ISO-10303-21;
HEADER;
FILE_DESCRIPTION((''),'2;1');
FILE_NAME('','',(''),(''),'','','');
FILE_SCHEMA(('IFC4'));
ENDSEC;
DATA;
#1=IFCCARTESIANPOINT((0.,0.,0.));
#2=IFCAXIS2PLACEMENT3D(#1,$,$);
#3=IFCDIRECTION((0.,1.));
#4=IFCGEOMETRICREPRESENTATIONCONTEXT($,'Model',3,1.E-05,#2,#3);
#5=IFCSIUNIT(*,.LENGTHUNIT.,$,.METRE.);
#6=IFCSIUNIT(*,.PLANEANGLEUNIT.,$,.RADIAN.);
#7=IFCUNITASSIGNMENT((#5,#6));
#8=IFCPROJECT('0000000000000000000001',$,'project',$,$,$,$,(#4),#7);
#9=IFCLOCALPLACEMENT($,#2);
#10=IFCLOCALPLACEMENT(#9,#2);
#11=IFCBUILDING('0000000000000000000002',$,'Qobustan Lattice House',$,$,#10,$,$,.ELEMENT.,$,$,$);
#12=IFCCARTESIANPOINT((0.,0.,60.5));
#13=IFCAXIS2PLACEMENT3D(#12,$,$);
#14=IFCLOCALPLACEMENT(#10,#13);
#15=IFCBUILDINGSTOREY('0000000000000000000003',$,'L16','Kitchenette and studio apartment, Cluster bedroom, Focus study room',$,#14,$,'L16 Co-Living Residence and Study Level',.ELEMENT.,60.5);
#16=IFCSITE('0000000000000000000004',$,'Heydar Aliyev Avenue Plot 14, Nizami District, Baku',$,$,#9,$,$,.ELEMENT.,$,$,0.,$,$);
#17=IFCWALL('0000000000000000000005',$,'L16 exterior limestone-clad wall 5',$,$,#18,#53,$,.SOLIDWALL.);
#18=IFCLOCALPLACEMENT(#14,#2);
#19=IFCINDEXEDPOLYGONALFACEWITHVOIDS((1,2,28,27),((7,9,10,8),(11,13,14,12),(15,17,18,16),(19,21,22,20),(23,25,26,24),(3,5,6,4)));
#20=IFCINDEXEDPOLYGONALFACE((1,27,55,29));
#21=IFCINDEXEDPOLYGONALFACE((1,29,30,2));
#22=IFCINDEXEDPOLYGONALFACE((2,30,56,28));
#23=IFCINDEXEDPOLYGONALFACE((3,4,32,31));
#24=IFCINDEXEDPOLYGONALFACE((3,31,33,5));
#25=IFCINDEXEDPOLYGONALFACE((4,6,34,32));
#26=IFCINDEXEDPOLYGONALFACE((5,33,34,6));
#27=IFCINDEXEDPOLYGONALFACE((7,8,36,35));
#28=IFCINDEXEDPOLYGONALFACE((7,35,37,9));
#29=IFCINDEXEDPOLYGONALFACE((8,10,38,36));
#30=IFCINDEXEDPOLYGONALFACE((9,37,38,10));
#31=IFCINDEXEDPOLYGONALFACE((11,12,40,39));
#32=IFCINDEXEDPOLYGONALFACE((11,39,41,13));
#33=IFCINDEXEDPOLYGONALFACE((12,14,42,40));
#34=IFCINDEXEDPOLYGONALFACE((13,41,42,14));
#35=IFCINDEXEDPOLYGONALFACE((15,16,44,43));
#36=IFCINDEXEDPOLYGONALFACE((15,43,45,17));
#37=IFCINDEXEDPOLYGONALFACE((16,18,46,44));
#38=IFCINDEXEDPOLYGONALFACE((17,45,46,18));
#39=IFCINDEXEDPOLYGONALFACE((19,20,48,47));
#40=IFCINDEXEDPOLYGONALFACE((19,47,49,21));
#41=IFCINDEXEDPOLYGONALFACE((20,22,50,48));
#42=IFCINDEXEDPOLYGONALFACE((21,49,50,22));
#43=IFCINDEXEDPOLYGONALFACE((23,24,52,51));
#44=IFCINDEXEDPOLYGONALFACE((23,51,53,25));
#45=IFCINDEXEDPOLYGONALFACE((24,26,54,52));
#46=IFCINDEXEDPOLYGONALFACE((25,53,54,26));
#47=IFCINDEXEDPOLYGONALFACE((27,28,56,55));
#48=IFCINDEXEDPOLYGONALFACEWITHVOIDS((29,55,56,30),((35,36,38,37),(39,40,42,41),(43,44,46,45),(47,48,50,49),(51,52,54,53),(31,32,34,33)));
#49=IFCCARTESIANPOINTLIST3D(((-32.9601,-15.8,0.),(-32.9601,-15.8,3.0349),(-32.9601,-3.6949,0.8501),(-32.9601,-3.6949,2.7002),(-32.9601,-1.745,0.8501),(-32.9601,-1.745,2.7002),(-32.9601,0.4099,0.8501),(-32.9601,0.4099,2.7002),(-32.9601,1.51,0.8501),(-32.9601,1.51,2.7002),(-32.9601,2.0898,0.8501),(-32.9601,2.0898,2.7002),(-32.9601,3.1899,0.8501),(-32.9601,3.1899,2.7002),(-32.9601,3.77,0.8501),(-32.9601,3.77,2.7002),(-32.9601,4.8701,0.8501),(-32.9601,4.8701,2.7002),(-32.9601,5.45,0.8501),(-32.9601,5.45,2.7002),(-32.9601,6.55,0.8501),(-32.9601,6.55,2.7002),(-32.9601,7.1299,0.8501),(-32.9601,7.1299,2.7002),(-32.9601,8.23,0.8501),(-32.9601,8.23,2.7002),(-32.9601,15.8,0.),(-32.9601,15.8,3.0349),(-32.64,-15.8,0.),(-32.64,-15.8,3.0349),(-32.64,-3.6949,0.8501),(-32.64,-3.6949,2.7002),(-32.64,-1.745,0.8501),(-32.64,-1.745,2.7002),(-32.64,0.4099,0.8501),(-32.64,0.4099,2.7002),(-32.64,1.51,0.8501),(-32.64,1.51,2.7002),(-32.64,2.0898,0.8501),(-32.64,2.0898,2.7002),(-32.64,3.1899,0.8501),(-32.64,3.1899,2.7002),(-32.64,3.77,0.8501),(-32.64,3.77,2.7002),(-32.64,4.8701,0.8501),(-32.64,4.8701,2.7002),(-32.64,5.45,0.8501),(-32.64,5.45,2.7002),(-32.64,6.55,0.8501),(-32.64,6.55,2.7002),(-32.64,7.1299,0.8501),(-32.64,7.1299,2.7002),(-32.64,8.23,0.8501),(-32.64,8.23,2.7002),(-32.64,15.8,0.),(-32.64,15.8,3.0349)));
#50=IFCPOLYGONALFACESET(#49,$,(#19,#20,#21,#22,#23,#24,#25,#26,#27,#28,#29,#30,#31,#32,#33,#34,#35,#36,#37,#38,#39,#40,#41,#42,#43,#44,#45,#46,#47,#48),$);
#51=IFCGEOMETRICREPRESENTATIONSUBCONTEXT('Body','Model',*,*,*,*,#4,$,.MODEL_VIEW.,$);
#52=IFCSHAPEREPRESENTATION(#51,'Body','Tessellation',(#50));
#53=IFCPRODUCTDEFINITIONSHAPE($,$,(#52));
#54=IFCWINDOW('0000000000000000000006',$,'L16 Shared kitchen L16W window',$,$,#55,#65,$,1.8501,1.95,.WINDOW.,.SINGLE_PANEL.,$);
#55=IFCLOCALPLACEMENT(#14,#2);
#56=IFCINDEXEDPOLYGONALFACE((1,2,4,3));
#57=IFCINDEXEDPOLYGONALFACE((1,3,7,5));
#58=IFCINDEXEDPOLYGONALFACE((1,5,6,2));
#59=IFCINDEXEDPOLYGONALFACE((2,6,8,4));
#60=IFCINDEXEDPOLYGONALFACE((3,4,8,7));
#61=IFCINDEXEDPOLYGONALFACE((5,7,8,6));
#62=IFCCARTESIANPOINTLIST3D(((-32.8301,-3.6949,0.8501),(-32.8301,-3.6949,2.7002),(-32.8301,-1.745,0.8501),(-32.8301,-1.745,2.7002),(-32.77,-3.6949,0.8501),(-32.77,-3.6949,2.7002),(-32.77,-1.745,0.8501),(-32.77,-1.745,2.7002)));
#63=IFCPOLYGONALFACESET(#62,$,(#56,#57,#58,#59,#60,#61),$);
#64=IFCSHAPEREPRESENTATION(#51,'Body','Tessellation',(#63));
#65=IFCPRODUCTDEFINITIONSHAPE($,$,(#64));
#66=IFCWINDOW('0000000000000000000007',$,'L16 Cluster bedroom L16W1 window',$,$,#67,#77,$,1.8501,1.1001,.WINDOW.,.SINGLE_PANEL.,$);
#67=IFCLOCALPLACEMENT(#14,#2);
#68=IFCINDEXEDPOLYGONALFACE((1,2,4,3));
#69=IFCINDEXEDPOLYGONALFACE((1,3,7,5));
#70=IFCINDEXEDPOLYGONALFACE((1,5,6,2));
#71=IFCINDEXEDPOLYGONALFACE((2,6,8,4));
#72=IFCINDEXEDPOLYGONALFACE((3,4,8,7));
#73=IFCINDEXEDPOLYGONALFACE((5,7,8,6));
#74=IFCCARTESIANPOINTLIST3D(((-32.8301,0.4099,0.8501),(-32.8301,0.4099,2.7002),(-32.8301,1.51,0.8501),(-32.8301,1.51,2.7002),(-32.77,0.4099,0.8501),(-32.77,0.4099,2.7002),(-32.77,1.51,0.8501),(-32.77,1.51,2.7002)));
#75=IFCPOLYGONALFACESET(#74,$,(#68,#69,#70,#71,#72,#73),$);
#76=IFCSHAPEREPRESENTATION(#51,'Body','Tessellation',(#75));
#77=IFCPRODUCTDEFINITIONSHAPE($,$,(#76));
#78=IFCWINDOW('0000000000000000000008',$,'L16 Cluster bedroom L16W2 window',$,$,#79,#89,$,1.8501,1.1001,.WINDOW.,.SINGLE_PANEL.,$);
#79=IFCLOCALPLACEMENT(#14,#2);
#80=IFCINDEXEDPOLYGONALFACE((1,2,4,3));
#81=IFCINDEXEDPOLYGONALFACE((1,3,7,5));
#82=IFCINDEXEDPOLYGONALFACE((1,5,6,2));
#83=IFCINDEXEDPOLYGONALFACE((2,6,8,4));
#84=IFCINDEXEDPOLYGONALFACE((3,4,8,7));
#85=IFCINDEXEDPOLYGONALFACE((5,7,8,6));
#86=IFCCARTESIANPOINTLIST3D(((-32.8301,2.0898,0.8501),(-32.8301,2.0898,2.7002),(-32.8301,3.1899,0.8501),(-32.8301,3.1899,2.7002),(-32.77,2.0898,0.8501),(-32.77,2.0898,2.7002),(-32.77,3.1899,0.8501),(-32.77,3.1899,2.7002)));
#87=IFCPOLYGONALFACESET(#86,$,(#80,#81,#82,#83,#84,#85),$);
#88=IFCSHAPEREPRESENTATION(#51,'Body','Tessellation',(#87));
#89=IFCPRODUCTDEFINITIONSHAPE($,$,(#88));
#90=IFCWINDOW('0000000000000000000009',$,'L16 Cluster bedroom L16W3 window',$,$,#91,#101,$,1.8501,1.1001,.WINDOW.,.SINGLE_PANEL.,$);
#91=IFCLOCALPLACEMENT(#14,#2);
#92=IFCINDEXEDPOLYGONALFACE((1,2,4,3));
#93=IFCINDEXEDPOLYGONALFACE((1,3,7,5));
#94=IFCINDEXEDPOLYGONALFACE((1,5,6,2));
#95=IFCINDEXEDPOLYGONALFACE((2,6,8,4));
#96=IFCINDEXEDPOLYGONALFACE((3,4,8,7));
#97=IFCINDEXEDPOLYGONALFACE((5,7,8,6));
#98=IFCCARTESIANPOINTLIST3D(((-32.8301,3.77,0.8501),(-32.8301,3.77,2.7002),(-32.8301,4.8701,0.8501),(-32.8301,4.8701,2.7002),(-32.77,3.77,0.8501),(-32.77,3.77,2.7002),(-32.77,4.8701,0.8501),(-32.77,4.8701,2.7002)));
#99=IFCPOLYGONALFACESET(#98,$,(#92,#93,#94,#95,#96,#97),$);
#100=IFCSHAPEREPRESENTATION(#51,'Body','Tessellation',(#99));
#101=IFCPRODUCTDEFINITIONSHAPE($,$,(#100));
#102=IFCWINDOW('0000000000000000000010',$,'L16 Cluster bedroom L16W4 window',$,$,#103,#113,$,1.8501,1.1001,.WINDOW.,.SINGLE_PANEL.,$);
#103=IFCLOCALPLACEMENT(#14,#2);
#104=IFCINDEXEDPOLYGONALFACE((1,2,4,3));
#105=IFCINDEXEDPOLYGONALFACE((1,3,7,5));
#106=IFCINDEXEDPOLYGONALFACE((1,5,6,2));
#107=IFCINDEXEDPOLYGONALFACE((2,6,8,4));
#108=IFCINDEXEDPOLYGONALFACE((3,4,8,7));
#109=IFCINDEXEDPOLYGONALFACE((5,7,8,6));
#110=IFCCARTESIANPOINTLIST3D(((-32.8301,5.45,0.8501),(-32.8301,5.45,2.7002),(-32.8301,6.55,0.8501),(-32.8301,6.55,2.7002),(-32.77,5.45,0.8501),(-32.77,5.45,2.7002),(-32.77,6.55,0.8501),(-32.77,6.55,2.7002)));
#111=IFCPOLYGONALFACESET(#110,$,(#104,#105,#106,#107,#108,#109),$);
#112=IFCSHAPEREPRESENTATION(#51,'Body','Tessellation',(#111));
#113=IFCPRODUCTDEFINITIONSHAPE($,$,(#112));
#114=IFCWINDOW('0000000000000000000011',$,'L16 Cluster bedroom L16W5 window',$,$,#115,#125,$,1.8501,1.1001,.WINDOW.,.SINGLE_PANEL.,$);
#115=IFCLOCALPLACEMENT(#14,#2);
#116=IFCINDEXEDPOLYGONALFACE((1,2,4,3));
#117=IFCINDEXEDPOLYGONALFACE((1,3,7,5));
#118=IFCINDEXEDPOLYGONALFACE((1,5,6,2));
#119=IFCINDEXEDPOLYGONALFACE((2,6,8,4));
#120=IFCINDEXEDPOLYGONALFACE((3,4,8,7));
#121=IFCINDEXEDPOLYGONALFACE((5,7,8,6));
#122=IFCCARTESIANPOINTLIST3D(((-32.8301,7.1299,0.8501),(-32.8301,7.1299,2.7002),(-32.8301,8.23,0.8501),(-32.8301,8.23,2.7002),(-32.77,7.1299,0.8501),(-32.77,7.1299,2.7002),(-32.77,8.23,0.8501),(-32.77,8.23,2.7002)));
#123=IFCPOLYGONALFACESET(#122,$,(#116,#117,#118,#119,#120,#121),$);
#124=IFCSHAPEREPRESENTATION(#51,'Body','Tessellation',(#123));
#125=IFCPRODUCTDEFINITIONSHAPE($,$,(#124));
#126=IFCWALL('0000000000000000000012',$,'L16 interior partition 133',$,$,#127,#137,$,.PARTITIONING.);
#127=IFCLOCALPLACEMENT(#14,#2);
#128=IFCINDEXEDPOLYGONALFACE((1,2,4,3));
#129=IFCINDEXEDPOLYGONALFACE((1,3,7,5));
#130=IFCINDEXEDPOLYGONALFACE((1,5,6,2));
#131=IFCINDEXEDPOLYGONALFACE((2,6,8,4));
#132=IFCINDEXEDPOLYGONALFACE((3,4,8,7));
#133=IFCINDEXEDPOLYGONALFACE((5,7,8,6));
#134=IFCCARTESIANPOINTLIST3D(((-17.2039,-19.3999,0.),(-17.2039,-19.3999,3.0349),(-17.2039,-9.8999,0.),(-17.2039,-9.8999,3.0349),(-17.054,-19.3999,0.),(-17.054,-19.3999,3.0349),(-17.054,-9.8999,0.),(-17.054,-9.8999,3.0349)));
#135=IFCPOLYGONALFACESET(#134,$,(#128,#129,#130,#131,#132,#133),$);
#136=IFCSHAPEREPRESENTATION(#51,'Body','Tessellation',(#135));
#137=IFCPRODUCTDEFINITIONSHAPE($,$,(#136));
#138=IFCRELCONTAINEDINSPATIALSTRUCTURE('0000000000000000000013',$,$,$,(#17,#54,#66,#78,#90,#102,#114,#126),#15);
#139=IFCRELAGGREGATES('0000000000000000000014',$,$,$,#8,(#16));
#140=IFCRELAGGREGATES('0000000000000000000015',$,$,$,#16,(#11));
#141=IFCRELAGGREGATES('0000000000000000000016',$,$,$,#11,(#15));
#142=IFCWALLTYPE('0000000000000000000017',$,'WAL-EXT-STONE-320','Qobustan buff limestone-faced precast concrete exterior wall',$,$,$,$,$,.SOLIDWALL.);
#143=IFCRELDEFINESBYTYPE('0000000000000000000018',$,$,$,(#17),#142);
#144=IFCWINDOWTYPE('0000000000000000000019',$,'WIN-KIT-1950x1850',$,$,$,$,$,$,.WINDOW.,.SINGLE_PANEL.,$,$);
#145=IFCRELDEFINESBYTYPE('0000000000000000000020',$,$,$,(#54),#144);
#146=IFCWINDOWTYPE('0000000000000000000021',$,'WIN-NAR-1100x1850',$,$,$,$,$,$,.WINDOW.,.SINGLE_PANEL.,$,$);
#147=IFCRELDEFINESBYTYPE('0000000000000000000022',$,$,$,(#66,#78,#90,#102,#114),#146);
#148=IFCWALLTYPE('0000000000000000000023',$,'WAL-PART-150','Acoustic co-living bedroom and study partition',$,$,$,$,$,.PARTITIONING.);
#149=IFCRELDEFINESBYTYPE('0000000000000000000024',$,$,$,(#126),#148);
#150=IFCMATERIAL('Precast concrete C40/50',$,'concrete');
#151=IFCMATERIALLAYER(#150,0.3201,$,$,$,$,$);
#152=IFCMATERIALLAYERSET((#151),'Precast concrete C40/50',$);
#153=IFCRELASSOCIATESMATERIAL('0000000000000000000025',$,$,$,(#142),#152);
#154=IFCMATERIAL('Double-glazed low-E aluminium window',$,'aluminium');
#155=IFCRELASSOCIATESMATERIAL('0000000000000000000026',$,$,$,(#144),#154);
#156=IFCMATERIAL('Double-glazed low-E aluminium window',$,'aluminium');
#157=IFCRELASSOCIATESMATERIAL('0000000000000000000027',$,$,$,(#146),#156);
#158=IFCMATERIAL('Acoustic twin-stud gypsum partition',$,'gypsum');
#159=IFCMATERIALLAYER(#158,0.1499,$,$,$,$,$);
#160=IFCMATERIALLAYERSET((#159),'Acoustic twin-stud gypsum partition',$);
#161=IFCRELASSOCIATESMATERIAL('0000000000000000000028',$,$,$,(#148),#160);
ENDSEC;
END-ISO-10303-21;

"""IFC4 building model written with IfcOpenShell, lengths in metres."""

from ifc_helpers import new_model, si_unit, direction, frame, frame_2d, origin, place, context, subcontext, project, spatial, rectangle, extrude, material, layer, layer_set, type_object, element, fill, save


model = new_model("IFC4")

# Units and contexts
model_context = context("Model", 3, precision=1e-05, world=origin(), true_north=direction((0.0, 1.0)))
body_context = subcontext(model_context, "Body", "Model", "MODEL_VIEW")
ifc_project = project(units=[si_unit("LENGTHUNIT", "METRE"), si_unit("PLANEANGLEUNIT", "RADIAN")], contexts=[model_context])

# Site, building, storey
site_placement = place(None, origin())
site = spatial("IfcSite", under=ifc_project, at=site_placement, Name="Heydar Aliyev Avenue Plot 14, Nizami District, Baku", CompositionType="ELEMENT", RefElevation=0.0)
building_placement = place(site_placement, origin())
building = spatial("IfcBuilding", under=site, at=building_placement, Name="Qobustan Lattice House", CompositionType="ELEMENT")
storey_placement = place(building_placement, frame((0.0, 0.0, 60.5)))
storey = spatial("IfcBuildingStorey", under=building, at=storey_placement, Name="L16", Description="Kitchenette and studio apartment, Cluster bedroom, Focus study room", LongName="L16 Co-Living Residence and Study Level", CompositionType="ELEMENT", Elevation=60.5)

# Shared definitions
ifc_material_1 = material(Name="Precast concrete C40/50", Category="concrete")
ifc_layer_1 = layer(ifc_material_1, 0.3201)
ifc_layer_set_1 = layer_set([ifc_layer_1], Name="Precast concrete C40/50")
wall_type_1 = type_object("IfcWallType", Name="WAL-EXT-STONE-320", Description="Qobustan buff limestone-faced precast concrete exterior wall", PredefinedType="SOLIDWALL", material=ifc_layer_set_1)

# Wall, openings, windows
wall_1_placement = place(storey_placement, frame((-32.8, -15.8, 0.0), z_axis=(0.0, 0.0, 1.0), x_axis=(0.0, 1.0, 0.0)))
wall_1 = element("IfcWall", 1, at=wall_1_placement, inside=storey, type_object=wall_type_1, Name="L16 exterior limestone-clad wall 5", PredefinedType="SOLIDWALL", context=body_context, shape_type="SweptSolid", body=[
    extrude(rectangle(XDim=31.6001, YDim=0.3201, at=frame_2d((15.8, 0.0))), origin(), (0.0, 0.0, 1.0), 3.0349),
])
opening_1_placement = place(wall_1_placement, frame((12.105, 0.0, 0.8501)))
opening_1 = element("IfcOpeningElement", 2, at=opening_1_placement, cuts=wall_1, PredefinedType="OPENING", context=body_context, shape_type="SweptSolid", body=[
    extrude(rectangle(XDim=1.95, YDim=1.8501, at=frame_2d((0.9751, 0.925))), frame((0.0, 0.1699, 0.0), z_axis=(0.0, -1.0, 0.0), x_axis=(1.0, 0.0, 0.0)), (0.0, 0.0, 1.0), 0.3401),
])
opening_2_placement = place(wall_1_placement, frame((16.21, 0.0, 0.8501)))
opening_2 = element("IfcOpeningElement", 3, at=opening_2_placement, cuts=wall_1, PredefinedType="OPENING", context=body_context, shape_type="SweptSolid", body=[
    extrude(rectangle(XDim=1.1001, YDim=1.8501, at=frame_2d((0.55, 0.925))), frame((0.0, 0.1699, 0.0), z_axis=(0.0, -1.0, 0.0), x_axis=(1.0, 0.0, 0.0)), (0.0, 0.0, 1.0), 0.3401),
])
opening_3_placement = place(wall_1_placement, frame((17.8899, 0.0, 0.8501)))
opening_3 = element("IfcOpeningElement", 4, at=opening_3_placement, cuts=wall_1, PredefinedType="OPENING", context=body_context, shape_type="SweptSolid", body=[
    extrude(rectangle(XDim=1.1001, YDim=1.8501, at=frame_2d((0.55, 0.925))), frame((0.0, 0.1699, 0.0), z_axis=(0.0, -1.0, 0.0), x_axis=(1.0, 0.0, 0.0)), (0.0, 0.0, 1.0), 0.3401),
])
opening_4_placement = place(wall_1_placement, frame((19.5701, 0.0, 0.8501)))
opening_4 = element("IfcOpeningElement", 5, at=opening_4_placement, cuts=wall_1, PredefinedType="OPENING", context=body_context, shape_type="SweptSolid", body=[
    extrude(rectangle(XDim=1.1001, YDim=1.8501, at=frame_2d((0.55, 0.925))), frame((0.0, 0.1699, 0.0), z_axis=(0.0, -1.0, 0.0), x_axis=(1.0, 0.0, 0.0)), (0.0, 0.0, 1.0), 0.3401),
])
opening_5_placement = place(wall_1_placement, frame((21.25, 0.0, 0.8501)))
opening_5 = element("IfcOpeningElement", 6, at=opening_5_placement, cuts=wall_1, PredefinedType="OPENING", context=body_context, shape_type="SweptSolid", body=[
    extrude(rectangle(XDim=1.1001, YDim=1.8501, at=frame_2d((0.55, 0.925))), frame((0.0, 0.1699, 0.0), z_axis=(0.0, -1.0, 0.0), x_axis=(1.0, 0.0, 0.0)), (0.0, 0.0, 1.0), 0.3401),
])
opening_6_placement = place(wall_1_placement, frame((22.9299, 0.0, 0.8501)))
opening_6 = element("IfcOpeningElement", 7, at=opening_6_placement, cuts=wall_1, PredefinedType="OPENING", context=body_context, shape_type="SweptSolid", body=[
    extrude(rectangle(XDim=1.1001, YDim=1.8501, at=frame_2d((0.55, 0.925))), frame((0.0, 0.1699, 0.0), z_axis=(0.0, -1.0, 0.0), x_axis=(1.0, 0.0, 0.0)), (0.0, 0.0, 1.0), 0.3401),
])
ifc_material_2 = material(Name="Double-glazed low-E aluminium window", Category="aluminium")
window_type_1 = type_object("IfcWindowType", Name="WIN-KIT-1950x1850", PartitioningType="SINGLE_PANEL", PredefinedType="WINDOW", material=ifc_material_2)
window_1_placement = place(opening_1_placement, origin())
window_1 = element("IfcWindow", 8, at=window_1_placement, inside=storey, type_object=window_type_1, Name="L16 Shared kitchen L16W window", OverallHeight=1.8501, OverallWidth=1.95, PartitioningType="SINGLE_PANEL", PredefinedType="WINDOW", context=body_context, shape_type="SweptSolid", body=[
    extrude(rectangle(XDim=1.95, YDim=1.8501, at=frame_2d((0.9751, 0.925))), frame((0.0, 0.03, 0.0), z_axis=(0.0, -1.0, 0.0), x_axis=(1.0, 0.0, 0.0)), (0.0, 0.0, 1.0), 0.0601),
])
fill(opening_1, window_1)
ifc_material_3 = material(Name="Double-glazed low-E aluminium window", Category="aluminium")
window_type_2 = type_object("IfcWindowType", Name="WIN-NAR-1100x1850", PartitioningType="SINGLE_PANEL", PredefinedType="WINDOW", material=ifc_material_3)
window_2_placement = place(opening_2_placement, origin())
window_2 = element("IfcWindow", 9, at=window_2_placement, inside=storey, type_object=window_type_2, Name="L16 Cluster bedroom L16W1 window", OverallHeight=1.8501, OverallWidth=1.1001, PartitioningType="SINGLE_PANEL", PredefinedType="WINDOW", context=body_context, shape_type="SweptSolid", body=[
    extrude(rectangle(XDim=1.1001, YDim=1.8501, at=frame_2d((0.55, 0.925))), frame((0.0, 0.03, 0.0), z_axis=(0.0, -1.0, 0.0), x_axis=(1.0, 0.0, 0.0)), (0.0, 0.0, 1.0), 0.0601),
])
fill(opening_2, window_2)
window_3_placement = place(opening_3_placement, origin())
window_3 = element("IfcWindow", 10, at=window_3_placement, inside=storey, type_object=window_type_2, Name="L16 Cluster bedroom L16W2 window", OverallHeight=1.8501, OverallWidth=1.1001, PartitioningType="SINGLE_PANEL", PredefinedType="WINDOW", context=body_context, shape_type="SweptSolid", body=[
    extrude(rectangle(XDim=1.1001, YDim=1.8501, at=frame_2d((0.55, 0.925))), frame((0.0, 0.03, 0.0), z_axis=(0.0, -1.0, 0.0), x_axis=(1.0, 0.0, 0.0)), (0.0, 0.0, 1.0), 0.0601),
])
fill(opening_3, window_3)
window_4_placement = place(opening_4_placement, origin())
window_4 = element("IfcWindow", 11, at=window_4_placement, inside=storey, type_object=window_type_2, Name="L16 Cluster bedroom L16W3 window", OverallHeight=1.8501, OverallWidth=1.1001, PartitioningType="SINGLE_PANEL", PredefinedType="WINDOW", context=body_context, shape_type="SweptSolid", body=[
    extrude(rectangle(XDim=1.1001, YDim=1.8501, at=frame_2d((0.55, 0.925))), frame((0.0, 0.03, 0.0), z_axis=(0.0, -1.0, 0.0), x_axis=(1.0, 0.0, 0.0)), (0.0, 0.0, 1.0), 0.0601),
])
fill(opening_4, window_4)
window_5_placement = place(opening_5_placement, origin())
window_5 = element("IfcWindow", 12, at=window_5_placement, inside=storey, type_object=window_type_2, Name="L16 Cluster bedroom L16W4 window", OverallHeight=1.8501, OverallWidth=1.1001, PartitioningType="SINGLE_PANEL", PredefinedType="WINDOW", context=body_context, shape_type="SweptSolid", body=[
    extrude(rectangle(XDim=1.1001, YDim=1.8501, at=frame_2d((0.55, 0.925))), frame((0.0, 0.03, 0.0), z_axis=(0.0, -1.0, 0.0), x_axis=(1.0, 0.0, 0.0)), (0.0, 0.0, 1.0), 0.0601),
])
fill(opening_5, window_5)
window_6_placement = place(opening_6_placement, origin())
window_6 = element("IfcWindow", 13, at=window_6_placement, inside=storey, type_object=window_type_2, Name="L16 Cluster bedroom L16W5 window", OverallHeight=1.8501, OverallWidth=1.1001, PartitioningType="SINGLE_PANEL", PredefinedType="WINDOW", context=body_context, shape_type="SweptSolid", body=[
    extrude(rectangle(XDim=1.1001, YDim=1.8501, at=frame_2d((0.55, 0.925))), frame((0.0, 0.03, 0.0), z_axis=(0.0, -1.0, 0.0), x_axis=(1.0, 0.0, 0.0)), (0.0, 0.0, 1.0), 0.0601),
])
fill(opening_6, window_6)

# Wall
ifc_material_4 = material(Name="Acoustic twin-stud gypsum partition", Category="gypsum")
ifc_layer_2 = layer(ifc_material_4, 0.1499)
ifc_layer_set_2 = layer_set([ifc_layer_2], Name="Acoustic twin-stud gypsum partition")
wall_type_2 = type_object("IfcWallType", Name="WAL-PART-150", Description="Acoustic co-living bedroom and study partition", PredefinedType="PARTITIONING", material=ifc_layer_set_2)
wall_2_placement = place(storey_placement, frame((-17.1289, -9.8999, 0.0), z_axis=(0.0, 0.0, 1.0), x_axis=(0.0, -1.0, 0.0)))
element("IfcWall", 14, at=wall_2_placement, inside=storey, type_object=wall_type_2, Name="L16 interior partition 133", PredefinedType="PARTITIONING", context=body_context, shape_type="SweptSolid", body=[
    extrude(rectangle(XDim=9.5, YDim=0.1499, at=frame_2d((4.75, 0.0))), origin(), (0.0, 0.0, 1.0), 3.0349),
])

save(model, "model.ifc")
